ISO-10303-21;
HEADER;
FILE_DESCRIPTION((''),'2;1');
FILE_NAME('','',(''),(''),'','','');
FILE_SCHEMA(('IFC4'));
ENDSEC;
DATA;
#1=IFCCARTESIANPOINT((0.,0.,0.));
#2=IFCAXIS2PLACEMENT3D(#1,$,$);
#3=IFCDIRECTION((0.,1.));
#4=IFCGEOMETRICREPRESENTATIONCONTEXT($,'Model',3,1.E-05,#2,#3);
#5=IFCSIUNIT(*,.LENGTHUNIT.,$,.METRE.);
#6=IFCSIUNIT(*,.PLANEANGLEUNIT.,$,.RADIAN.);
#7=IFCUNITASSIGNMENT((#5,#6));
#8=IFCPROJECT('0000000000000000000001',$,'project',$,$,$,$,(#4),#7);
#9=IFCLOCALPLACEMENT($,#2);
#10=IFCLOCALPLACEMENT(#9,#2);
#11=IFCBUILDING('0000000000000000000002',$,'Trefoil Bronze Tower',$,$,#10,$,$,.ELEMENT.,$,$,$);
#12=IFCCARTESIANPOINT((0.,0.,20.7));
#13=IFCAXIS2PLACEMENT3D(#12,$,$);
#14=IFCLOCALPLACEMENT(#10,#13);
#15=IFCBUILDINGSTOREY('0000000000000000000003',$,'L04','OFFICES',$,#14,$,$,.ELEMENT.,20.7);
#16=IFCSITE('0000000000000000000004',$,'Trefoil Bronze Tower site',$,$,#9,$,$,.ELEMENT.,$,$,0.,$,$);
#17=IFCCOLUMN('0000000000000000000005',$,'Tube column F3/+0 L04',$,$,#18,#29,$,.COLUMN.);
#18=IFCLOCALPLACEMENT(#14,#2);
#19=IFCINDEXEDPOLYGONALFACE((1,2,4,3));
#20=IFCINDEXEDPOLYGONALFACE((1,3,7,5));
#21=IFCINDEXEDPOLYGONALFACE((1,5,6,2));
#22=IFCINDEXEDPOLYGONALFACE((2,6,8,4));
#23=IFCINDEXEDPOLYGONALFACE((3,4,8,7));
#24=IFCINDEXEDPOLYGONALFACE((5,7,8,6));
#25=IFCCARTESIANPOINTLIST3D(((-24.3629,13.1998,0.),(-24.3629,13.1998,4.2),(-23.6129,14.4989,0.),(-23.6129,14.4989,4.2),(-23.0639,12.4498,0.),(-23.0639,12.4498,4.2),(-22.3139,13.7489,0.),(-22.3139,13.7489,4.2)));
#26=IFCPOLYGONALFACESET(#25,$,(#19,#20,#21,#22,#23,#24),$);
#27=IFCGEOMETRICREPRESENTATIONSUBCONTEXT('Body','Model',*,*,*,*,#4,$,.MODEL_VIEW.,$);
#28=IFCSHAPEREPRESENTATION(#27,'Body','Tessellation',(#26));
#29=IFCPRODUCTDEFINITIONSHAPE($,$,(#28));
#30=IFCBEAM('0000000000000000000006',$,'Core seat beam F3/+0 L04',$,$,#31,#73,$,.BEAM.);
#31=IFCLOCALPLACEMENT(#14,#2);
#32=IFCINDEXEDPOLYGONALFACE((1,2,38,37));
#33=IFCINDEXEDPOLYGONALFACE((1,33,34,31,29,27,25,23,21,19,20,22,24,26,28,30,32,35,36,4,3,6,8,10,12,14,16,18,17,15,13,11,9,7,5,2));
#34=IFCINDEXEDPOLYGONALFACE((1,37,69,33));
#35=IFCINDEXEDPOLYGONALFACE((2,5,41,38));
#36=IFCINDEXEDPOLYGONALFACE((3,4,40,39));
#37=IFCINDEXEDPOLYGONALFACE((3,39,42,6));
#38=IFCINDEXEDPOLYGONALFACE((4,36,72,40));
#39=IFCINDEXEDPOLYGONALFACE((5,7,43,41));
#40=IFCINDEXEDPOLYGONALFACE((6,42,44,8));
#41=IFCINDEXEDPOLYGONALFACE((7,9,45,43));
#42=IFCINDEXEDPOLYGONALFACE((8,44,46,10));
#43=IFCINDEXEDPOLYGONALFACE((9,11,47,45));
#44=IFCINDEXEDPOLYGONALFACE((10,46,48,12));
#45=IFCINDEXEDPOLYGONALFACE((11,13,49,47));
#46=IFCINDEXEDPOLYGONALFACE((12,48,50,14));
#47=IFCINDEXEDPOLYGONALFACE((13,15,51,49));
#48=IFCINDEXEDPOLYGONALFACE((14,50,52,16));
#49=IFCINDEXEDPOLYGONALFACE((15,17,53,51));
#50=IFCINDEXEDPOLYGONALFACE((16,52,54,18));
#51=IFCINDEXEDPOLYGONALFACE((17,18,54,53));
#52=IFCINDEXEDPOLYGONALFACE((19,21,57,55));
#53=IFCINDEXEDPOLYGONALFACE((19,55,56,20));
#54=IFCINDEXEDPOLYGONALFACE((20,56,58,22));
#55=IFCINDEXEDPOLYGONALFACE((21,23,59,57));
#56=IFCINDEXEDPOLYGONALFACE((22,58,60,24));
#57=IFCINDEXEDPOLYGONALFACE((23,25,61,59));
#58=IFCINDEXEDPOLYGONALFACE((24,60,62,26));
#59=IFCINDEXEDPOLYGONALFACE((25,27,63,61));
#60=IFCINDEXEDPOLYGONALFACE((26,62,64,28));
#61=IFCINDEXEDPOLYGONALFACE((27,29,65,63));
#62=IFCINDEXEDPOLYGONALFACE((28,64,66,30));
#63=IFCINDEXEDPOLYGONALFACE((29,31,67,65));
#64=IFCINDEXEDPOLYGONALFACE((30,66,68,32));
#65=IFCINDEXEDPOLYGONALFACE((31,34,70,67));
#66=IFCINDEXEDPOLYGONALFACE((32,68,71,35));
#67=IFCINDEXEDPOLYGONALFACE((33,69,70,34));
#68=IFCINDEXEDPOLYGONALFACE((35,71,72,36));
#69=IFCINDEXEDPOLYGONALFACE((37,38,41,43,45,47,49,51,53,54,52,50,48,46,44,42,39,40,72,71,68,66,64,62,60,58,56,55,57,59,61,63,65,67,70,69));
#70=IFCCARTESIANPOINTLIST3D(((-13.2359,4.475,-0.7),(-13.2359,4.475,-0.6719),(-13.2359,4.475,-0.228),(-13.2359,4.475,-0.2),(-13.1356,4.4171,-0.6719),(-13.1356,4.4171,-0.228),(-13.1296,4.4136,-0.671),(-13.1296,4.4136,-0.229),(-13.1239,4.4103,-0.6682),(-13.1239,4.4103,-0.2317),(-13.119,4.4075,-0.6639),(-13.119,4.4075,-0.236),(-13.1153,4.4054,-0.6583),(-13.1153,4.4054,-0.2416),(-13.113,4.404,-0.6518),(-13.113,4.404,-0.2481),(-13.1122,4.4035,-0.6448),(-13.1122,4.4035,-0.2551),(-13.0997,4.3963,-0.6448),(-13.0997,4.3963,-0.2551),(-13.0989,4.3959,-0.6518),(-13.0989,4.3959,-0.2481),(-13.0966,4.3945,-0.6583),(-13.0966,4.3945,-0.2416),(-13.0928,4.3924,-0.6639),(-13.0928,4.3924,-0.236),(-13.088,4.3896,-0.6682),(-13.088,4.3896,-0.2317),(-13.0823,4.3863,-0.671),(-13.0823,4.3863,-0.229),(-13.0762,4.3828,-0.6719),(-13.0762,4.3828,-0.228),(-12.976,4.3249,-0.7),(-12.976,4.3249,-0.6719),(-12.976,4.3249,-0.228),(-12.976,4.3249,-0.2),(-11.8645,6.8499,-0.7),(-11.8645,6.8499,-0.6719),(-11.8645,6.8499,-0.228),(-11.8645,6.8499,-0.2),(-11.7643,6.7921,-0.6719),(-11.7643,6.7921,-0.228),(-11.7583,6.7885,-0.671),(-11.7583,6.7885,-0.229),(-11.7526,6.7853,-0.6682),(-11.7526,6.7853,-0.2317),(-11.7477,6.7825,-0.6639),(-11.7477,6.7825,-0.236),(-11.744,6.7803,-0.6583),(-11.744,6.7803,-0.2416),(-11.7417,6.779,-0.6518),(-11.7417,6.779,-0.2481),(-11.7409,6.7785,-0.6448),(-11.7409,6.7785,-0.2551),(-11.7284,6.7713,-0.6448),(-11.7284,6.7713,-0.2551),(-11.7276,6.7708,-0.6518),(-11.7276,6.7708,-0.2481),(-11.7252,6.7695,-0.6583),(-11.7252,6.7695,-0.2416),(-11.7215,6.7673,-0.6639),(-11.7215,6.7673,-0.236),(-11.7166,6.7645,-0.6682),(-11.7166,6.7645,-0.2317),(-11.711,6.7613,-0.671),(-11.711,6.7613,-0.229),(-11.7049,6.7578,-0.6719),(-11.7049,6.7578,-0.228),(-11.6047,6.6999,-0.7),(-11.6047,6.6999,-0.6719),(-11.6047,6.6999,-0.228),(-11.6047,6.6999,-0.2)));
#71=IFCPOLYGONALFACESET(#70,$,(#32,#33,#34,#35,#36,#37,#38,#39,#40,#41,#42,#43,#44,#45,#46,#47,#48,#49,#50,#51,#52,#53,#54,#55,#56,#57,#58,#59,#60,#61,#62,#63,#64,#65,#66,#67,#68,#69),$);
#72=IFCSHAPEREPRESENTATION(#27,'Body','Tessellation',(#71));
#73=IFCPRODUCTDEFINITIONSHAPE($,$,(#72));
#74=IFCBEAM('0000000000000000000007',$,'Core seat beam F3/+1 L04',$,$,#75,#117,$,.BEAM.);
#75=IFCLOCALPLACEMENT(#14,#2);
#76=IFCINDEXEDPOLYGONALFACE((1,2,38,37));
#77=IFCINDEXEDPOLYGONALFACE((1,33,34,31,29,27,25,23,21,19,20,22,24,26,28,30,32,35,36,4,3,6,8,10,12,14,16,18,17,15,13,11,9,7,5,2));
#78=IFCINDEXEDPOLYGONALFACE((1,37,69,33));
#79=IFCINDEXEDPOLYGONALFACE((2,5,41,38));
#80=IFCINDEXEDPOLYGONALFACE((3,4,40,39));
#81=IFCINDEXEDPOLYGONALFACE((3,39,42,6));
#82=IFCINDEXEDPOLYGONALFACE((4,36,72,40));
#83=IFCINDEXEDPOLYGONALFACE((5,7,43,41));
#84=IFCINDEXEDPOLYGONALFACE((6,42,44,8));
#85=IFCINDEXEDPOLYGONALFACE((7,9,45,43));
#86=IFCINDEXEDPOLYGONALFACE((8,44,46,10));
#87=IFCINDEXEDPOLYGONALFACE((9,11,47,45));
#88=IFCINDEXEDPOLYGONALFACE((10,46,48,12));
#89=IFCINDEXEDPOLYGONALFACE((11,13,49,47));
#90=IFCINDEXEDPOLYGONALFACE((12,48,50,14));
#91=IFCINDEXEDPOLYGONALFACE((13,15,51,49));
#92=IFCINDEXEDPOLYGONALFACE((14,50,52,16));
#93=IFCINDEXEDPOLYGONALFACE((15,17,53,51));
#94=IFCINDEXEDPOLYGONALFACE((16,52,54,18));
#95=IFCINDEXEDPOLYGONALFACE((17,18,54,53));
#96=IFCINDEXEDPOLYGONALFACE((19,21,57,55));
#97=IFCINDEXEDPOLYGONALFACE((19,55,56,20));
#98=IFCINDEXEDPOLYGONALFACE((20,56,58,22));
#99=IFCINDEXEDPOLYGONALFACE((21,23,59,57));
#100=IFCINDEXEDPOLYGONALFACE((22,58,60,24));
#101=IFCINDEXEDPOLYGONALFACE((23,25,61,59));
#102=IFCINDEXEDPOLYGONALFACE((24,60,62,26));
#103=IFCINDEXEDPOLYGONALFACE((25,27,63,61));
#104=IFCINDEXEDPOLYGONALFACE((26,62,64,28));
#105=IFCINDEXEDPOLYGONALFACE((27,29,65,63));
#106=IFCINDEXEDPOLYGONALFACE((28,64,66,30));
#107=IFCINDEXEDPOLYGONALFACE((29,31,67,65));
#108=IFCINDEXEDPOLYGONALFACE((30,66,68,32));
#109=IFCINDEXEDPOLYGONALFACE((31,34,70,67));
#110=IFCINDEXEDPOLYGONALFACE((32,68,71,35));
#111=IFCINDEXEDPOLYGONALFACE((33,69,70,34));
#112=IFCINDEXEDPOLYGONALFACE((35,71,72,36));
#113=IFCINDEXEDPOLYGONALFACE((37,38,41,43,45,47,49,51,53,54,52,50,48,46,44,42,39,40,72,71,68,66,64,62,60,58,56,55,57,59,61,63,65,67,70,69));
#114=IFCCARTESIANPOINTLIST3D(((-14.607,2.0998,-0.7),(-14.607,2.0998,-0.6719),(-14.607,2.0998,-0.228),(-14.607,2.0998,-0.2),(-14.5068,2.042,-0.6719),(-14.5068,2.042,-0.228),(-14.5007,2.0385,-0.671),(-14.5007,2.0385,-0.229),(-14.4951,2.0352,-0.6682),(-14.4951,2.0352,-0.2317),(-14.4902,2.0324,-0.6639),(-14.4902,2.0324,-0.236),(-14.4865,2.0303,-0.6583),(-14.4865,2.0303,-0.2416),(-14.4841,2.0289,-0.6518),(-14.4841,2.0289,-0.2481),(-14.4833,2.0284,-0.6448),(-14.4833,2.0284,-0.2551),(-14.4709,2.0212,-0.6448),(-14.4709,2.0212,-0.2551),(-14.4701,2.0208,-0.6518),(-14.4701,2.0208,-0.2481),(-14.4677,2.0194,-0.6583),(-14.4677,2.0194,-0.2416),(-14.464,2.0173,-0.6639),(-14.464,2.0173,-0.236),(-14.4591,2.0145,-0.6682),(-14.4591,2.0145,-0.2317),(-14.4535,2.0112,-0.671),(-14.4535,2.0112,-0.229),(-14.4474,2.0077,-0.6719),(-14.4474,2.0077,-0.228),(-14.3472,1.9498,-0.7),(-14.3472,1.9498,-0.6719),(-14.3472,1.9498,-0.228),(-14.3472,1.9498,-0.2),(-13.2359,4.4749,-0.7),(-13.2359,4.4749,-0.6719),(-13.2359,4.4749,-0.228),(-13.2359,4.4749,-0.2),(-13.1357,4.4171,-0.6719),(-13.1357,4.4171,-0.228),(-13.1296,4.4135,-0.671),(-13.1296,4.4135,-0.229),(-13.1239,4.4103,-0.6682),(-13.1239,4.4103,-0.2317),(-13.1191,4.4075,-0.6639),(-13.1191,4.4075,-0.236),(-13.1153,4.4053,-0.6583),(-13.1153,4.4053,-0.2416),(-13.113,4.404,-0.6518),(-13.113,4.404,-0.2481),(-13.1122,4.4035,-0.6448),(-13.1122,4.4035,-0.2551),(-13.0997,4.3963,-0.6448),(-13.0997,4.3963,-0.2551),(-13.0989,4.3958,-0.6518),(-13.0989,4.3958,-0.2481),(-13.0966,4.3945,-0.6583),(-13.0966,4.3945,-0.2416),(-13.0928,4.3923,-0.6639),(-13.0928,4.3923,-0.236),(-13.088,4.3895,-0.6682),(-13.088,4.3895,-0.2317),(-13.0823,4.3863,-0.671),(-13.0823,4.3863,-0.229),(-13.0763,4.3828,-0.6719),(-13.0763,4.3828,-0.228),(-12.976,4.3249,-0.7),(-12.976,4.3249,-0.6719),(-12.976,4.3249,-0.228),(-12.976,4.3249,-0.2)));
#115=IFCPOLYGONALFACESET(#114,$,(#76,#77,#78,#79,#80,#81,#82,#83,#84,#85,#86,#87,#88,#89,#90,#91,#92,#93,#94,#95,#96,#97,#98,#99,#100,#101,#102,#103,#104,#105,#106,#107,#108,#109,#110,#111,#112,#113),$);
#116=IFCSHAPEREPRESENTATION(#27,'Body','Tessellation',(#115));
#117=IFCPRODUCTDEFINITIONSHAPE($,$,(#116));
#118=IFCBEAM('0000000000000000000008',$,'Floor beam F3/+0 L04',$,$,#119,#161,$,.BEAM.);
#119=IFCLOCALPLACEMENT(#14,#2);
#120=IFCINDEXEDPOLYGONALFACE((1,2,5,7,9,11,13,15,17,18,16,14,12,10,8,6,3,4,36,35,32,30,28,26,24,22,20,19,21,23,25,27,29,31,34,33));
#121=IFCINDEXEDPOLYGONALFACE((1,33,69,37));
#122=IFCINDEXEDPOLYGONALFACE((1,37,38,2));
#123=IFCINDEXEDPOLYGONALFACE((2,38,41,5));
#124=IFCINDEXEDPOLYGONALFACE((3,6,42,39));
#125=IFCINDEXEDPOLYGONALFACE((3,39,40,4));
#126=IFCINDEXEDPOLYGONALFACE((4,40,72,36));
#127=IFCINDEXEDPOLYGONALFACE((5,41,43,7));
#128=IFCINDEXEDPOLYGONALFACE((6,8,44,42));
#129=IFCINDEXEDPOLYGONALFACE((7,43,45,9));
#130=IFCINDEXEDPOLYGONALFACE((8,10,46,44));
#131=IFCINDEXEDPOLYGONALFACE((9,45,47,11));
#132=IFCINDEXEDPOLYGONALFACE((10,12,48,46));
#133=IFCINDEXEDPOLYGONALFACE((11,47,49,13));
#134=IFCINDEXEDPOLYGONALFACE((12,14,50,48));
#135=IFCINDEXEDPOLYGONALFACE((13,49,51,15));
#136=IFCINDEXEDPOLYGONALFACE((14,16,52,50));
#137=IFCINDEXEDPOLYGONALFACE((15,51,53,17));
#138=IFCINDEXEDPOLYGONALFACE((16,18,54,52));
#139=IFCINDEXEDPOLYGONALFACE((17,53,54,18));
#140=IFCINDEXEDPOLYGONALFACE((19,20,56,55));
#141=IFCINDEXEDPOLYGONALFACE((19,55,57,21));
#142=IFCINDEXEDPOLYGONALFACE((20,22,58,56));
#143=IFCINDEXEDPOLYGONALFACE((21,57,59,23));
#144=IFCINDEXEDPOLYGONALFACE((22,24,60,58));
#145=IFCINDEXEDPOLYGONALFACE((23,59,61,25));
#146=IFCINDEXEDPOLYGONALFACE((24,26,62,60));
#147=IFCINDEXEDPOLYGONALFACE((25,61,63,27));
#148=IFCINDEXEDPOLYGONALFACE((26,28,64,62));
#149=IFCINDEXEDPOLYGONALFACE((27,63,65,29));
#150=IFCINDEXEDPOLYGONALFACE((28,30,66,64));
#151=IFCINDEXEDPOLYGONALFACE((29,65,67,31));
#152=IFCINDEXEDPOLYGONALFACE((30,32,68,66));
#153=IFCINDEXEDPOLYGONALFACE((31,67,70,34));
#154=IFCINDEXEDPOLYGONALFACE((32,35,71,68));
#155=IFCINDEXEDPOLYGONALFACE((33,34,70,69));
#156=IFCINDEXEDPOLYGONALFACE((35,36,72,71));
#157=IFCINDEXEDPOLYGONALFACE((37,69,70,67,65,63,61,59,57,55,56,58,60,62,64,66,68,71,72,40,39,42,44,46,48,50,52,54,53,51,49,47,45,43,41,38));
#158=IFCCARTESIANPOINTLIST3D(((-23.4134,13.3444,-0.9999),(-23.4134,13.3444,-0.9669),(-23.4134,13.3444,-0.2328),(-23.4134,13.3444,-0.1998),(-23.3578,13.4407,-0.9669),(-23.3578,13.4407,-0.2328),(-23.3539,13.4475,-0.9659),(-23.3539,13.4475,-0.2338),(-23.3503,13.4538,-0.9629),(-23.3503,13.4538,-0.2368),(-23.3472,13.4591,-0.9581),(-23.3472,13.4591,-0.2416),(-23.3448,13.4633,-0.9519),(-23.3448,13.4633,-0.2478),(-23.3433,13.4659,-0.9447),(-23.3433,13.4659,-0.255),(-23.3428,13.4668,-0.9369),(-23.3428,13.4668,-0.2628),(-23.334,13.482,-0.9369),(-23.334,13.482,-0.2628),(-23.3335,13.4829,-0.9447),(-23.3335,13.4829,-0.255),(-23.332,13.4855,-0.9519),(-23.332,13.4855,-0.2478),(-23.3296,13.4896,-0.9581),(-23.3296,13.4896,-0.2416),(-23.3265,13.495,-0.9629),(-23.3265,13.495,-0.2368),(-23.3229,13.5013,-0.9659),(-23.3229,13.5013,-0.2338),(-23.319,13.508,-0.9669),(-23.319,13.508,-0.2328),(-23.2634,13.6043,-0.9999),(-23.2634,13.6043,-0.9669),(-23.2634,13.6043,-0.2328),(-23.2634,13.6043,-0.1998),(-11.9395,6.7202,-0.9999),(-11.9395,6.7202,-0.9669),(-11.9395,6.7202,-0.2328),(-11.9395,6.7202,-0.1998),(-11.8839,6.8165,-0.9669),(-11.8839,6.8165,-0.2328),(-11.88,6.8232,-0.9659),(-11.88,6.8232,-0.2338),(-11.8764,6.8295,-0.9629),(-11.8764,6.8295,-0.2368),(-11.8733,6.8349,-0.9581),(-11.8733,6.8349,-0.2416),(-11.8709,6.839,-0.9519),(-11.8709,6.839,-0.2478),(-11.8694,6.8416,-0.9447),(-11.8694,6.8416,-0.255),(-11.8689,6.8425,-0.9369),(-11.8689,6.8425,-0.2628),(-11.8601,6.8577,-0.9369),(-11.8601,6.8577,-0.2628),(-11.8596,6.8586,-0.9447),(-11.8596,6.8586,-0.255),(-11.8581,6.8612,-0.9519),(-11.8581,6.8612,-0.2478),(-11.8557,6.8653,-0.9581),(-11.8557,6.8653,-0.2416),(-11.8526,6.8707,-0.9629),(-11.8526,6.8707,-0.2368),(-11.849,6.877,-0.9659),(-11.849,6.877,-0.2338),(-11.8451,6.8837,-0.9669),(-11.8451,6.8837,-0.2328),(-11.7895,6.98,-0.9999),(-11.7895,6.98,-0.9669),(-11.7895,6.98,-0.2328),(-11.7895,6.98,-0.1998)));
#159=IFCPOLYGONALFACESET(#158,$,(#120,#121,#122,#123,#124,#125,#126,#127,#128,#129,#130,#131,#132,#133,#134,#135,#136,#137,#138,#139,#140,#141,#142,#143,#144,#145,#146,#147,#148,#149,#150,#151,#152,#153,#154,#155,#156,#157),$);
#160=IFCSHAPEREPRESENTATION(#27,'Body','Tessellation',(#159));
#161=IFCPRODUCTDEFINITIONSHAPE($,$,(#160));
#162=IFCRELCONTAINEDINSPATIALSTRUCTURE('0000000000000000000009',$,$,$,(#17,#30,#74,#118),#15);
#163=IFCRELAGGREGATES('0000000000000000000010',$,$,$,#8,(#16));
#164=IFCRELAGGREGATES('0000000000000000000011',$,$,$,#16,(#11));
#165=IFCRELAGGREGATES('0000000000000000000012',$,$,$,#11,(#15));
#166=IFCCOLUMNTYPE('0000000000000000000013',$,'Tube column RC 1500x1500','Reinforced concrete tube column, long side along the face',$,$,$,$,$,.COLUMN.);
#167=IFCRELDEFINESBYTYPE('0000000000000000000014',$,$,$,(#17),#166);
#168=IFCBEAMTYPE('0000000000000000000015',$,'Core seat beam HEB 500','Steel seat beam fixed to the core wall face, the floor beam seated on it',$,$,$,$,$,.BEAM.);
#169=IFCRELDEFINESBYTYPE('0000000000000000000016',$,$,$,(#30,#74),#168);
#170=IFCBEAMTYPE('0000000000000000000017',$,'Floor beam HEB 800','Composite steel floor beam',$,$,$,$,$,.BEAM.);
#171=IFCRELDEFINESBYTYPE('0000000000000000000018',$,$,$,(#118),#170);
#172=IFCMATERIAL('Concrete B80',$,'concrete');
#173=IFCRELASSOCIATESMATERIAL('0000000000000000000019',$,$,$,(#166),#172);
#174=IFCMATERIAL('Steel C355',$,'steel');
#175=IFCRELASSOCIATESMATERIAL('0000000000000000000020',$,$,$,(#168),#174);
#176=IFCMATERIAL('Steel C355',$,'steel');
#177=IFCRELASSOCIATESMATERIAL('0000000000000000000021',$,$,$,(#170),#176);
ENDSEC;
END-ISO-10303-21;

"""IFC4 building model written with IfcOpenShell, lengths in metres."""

from ifc_helpers import new_model, si_unit, direction, frame, origin, origin_2d, place, context, subcontext, project, spatial, rectangle, i_section, extrude, material, material_profile, profile_set, type_object, element, save


model = new_model("IFC4")

# Units and contexts
model_context = context("Model", 3, precision=1e-05, world=origin(), true_north=direction((0.0, 1.0)))
body_context = subcontext(model_context, "Body", "Model", "MODEL_VIEW")
ifc_project = project(units=[si_unit("LENGTHUNIT", "METRE"), si_unit("PLANEANGLEUNIT", "RADIAN")], contexts=[model_context])

# Site, building, storey
site_placement = place(None, origin())
site = spatial("IfcSite", under=ifc_project, at=site_placement, Name="Trefoil Bronze Tower site", CompositionType="ELEMENT", RefElevation=0.0)
building_placement = place(site_placement, origin())
building = spatial("IfcBuilding", under=site, at=building_placement, Name="Trefoil Bronze Tower", CompositionType="ELEMENT")
storey_placement = place(building_placement, frame((0.0, 0.0, 20.7)))
storey = spatial("IfcBuildingStorey", under=building, at=storey_placement, Name="L04", Description="OFFICES", CompositionType="ELEMENT", Elevation=20.7)

# Column
ifc_material_1 = material(Name="Concrete B80", Category="concrete")
ifc_material_profile_1 = material_profile(ifc_material_1, rectangle(XDim=1.5, YDim=1.5, at=origin_2d()), Name="RC 1500x1500")
ifc_profile_set_1 = profile_set([ifc_material_profile_1], Name="Concrete B80")
column_type = type_object("IfcColumnType", Name="Tube column RC 1500x1500", Description="Reinforced concrete tube column, long side along the face", PredefinedType="COLUMN", material=ifc_profile_set_1)
column_placement = place(storey_placement, frame((-23.3384, 13.4744, 0.0), z_axis=(0.0, 0.0, 1.0), x_axis=(-0.5, -0.866025, 0.0)))
element("IfcColumn", 1, at=column_placement, inside=storey, type_object=column_type, Name="Tube column F3/+0 L04", PredefinedType="COLUMN", context=body_context, shape_type="SweptSolid", body=[
    extrude(rectangle(XDim=1.5, YDim=1.5, at=origin_2d()), origin(), (0.0, 0.0, 1.0), 4.2),
])

# Beams
ifc_material_2 = material(Name="Steel C355", Category="steel")
ifc_material_profile_2 = material_profile(ifc_material_2, i_section(OverallWidth=0.3, OverallDepth=0.5, WebThickness=0.0144, FlangeThickness=0.0281, FilletRadius=0.0271, at=origin_2d()), Name="HEB 500")
ifc_profile_set_2 = profile_set([ifc_material_profile_2], Name="Steel C355")
beam_type_1 = type_object("IfcBeamType", Name="Core seat beam HEB 500", Description="Steel seat beam fixed to the core wall face, the floor beam seated on it", PredefinedType="BEAM", material=ifc_profile_set_2)
for number, where, z_axis, x_axis, name in (
    (2, (-11.7346, 6.7749, -0.45), (-0.500036, -0.866005, 0.0), (0.866005, -0.500036, 0.0), "Core seat beam F3/+0 L04"),
    (3, (-13.106, 4.3999, -0.45), (-0.499969, -0.866043, 0.0), (0.866043, -0.499969, 0.0), "Core seat beam F3/+1 L04"),
):
    element("IfcBeam", number, at=place(storey_placement, frame(where, z_axis=z_axis, x_axis=x_axis)), inside=storey, type_object=beam_type_1, Name=name, PredefinedType="BEAM", context=body_context, shape_type="SweptSolid", body=[
        extrude(i_section(OverallWidth=0.3, OverallDepth=0.5, WebThickness=0.0144, FlangeThickness=0.0281, FilletRadius=0.0271, at=origin_2d()), origin(), (0.0, 0.0, 1.0), 2.7424),
    ])
ifc_material_3 = material(Name="Steel C355", Category="steel")
ifc_material_profile_3 = material_profile(ifc_material_3, i_section(OverallWidth=0.3, OverallDepth=0.8, WebThickness=0.0176, FlangeThickness=0.033, FilletRadius=0.03, at=origin_2d()), Name="HEB 800")
ifc_profile_set_3 = profile_set([ifc_material_profile_3], Name="Steel C355")
beam_type_2 = type_object("IfcBeamType", Name="Floor beam HEB 800", Description="Composite steel floor beam", PredefinedType="BEAM", material=ifc_profile_set_3)
beam_1_placement = place(storey_placement, frame((-23.3384, 13.4744, -0.5999), z_axis=(0.866031, -0.49999, 0.0), x_axis=(0.49999, 0.866031, 0.0)))
element("IfcBeam", 4, at=beam_1_placement, inside=storey, type_object=beam_type_2, Name="Floor beam F3/+0 L04", PredefinedType="BEAM", context=body_context, shape_type="SweptSolid", body=[
    extrude(i_section(OverallWidth=0.3, OverallDepth=0.8, WebThickness=0.0176, FlangeThickness=0.033, FilletRadius=0.03, at=origin_2d()), origin(), (0.0, 0.0, 1.0), 13.2488),
])

save(model, "model.ifc")
